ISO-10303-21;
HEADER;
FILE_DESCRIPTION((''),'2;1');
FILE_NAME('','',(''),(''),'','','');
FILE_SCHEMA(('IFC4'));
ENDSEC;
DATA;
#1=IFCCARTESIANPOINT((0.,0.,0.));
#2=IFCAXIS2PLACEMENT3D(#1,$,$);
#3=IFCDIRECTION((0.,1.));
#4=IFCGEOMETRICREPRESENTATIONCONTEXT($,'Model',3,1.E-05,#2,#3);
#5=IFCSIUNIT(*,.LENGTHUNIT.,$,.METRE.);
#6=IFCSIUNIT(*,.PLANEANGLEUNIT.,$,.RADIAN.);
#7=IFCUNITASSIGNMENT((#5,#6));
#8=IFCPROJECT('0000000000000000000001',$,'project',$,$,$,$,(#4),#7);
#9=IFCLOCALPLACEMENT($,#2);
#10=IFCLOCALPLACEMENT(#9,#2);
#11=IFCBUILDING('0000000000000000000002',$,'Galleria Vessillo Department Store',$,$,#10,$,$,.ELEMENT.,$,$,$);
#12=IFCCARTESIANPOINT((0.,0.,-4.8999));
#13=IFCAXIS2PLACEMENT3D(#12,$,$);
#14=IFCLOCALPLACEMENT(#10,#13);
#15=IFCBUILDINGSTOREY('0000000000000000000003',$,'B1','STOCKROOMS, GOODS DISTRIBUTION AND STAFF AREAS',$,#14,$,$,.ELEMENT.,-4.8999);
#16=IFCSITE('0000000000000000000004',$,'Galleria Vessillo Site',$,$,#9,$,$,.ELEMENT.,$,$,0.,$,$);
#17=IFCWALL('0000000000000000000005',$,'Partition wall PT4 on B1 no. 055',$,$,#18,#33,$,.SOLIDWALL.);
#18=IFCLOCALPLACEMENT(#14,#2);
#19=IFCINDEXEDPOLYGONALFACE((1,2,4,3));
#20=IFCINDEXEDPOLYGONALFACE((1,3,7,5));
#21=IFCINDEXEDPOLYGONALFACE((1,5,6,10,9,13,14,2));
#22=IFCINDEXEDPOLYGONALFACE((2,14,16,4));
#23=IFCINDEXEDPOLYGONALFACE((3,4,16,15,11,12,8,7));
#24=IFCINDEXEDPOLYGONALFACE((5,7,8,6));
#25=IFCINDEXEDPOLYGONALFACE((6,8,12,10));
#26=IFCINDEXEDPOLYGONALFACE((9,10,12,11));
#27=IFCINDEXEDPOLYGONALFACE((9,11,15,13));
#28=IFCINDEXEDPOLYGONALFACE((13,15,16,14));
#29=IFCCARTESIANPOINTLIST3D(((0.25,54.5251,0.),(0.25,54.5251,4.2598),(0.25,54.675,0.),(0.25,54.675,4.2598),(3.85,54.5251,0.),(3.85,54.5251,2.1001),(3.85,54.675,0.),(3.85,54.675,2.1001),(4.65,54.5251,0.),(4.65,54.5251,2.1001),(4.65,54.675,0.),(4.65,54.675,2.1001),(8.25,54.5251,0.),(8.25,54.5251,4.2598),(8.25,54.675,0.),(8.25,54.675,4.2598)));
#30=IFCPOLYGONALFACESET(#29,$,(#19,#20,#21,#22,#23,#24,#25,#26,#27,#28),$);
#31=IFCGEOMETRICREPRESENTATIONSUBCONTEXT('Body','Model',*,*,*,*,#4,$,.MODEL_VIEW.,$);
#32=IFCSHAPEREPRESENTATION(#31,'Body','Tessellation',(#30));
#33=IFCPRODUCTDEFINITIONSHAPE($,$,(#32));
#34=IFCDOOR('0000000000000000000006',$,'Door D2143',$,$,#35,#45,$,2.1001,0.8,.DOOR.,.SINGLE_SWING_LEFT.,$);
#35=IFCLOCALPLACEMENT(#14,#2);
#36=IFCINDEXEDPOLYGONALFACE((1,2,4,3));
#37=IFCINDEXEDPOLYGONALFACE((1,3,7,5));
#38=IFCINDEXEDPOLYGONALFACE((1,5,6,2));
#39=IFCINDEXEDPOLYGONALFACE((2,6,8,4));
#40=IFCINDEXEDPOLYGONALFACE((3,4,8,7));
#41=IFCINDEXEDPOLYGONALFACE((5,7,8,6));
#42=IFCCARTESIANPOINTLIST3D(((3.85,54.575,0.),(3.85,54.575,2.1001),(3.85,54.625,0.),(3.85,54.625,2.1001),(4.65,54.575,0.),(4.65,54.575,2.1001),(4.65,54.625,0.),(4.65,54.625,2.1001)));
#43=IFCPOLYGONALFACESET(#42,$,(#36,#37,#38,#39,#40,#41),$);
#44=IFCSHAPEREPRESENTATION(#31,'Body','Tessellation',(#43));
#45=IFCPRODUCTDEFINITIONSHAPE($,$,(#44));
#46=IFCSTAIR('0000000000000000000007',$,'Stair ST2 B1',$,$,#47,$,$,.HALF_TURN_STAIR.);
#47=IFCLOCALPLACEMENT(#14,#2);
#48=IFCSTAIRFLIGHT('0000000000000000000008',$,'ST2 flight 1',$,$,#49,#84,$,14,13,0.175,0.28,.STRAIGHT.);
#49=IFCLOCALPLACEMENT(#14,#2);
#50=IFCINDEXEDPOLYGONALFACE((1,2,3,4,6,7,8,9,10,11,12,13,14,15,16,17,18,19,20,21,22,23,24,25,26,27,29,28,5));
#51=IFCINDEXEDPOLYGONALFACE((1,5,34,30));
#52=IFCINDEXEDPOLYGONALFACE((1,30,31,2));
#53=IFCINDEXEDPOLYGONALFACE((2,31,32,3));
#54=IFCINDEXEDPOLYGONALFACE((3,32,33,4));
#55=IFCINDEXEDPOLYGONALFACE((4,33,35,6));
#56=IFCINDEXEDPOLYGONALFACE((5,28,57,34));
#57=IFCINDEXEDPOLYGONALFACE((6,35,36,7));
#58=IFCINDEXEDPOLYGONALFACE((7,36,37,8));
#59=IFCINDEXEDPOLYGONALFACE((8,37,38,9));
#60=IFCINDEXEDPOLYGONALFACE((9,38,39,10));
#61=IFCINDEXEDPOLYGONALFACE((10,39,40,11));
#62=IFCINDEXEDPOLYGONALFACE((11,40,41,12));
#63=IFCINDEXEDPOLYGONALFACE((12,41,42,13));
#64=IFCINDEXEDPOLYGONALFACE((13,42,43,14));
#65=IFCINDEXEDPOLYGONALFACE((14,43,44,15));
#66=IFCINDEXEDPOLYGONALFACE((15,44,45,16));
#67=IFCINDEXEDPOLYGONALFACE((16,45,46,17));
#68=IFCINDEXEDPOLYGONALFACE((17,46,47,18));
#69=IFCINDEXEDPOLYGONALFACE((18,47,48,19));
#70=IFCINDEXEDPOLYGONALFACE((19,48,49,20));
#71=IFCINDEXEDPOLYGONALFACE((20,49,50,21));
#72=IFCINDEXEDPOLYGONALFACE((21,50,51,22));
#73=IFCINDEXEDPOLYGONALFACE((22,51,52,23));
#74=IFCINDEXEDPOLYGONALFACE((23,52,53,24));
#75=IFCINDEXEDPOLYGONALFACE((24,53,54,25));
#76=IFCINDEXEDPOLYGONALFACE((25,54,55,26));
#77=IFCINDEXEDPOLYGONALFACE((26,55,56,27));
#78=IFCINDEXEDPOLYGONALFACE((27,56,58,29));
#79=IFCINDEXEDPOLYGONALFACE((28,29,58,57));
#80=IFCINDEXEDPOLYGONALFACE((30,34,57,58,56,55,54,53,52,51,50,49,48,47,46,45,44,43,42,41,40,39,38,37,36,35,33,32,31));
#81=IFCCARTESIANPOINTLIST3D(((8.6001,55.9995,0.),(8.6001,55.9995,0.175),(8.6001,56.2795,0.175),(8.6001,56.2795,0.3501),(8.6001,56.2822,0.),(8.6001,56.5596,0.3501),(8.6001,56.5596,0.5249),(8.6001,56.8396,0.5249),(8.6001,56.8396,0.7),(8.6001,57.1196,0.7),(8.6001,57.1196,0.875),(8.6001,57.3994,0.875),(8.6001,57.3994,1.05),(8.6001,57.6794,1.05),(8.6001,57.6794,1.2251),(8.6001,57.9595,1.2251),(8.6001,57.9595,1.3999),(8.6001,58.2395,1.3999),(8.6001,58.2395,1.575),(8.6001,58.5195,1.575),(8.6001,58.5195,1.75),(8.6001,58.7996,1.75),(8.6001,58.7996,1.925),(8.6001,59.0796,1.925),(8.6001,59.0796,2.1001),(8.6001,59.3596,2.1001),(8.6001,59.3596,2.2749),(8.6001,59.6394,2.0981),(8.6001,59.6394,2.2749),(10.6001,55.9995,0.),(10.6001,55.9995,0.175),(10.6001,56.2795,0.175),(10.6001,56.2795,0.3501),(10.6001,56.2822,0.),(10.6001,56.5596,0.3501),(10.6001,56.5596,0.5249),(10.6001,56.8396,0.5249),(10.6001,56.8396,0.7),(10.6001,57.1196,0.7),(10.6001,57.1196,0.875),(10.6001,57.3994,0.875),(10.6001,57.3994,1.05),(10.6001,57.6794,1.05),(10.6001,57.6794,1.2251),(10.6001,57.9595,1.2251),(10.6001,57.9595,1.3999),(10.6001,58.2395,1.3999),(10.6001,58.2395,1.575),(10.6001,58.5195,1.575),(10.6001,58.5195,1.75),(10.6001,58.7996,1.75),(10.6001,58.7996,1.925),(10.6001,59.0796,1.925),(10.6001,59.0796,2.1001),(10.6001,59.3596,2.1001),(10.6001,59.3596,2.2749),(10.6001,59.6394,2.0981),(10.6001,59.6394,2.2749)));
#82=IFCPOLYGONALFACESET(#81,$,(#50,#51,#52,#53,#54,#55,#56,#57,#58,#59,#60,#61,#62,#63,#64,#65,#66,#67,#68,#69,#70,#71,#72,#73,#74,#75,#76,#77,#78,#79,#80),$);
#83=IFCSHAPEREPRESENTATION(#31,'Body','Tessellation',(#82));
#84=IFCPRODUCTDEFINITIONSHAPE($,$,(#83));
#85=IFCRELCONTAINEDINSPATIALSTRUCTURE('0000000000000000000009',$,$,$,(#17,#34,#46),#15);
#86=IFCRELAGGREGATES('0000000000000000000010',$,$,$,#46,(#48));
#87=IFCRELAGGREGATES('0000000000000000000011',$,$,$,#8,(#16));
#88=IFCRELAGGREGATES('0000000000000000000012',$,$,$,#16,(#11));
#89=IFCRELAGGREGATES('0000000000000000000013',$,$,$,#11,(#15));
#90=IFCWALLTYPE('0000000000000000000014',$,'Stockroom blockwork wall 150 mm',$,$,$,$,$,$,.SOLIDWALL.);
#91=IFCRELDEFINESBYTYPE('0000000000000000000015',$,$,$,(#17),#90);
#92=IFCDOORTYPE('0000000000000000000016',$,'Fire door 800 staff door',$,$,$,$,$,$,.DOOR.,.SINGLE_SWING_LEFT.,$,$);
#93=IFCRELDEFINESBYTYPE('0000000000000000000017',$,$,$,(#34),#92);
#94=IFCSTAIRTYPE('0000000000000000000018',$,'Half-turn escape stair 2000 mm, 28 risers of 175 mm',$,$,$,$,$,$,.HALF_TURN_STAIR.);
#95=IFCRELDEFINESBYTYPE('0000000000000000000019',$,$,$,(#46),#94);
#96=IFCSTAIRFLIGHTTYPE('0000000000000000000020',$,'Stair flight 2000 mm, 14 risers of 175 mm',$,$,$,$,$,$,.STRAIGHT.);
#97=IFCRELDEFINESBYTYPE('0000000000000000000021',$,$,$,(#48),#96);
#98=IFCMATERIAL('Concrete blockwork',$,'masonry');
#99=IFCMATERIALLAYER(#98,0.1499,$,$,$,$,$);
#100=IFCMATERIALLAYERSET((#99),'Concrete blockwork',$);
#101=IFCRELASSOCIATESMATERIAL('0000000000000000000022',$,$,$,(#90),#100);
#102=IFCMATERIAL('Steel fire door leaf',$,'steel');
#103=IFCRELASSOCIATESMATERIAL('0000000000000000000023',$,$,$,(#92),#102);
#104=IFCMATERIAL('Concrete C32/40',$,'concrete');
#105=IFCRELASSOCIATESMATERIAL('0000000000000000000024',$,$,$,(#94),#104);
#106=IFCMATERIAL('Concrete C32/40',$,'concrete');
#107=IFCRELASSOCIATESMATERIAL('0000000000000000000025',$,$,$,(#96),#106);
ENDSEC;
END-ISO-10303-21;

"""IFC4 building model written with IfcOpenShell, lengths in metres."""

from ifc_helpers import new_model, si_unit, direction, frame, frame_2d, origin, place, context, subcontext, project, spatial, polyline, rectangle, outline, extrude, material, layer, layer_set, type_object, element, fill, aggregate, save


model = new_model("IFC4")

# Units and contexts
model_context = context("Model", 3, precision=1e-05, world=origin(), true_north=direction((0.0, 1.0)))
body_context = subcontext(model_context, "Body", "Model", "MODEL_VIEW")
ifc_project = project(units=[si_unit("LENGTHUNIT", "METRE"), si_unit("PLANEANGLEUNIT", "RADIAN")], contexts=[model_context])

# Site, building, storey
site_placement = place(None, origin())
site = spatial("IfcSite", under=ifc_project, at=site_placement, Name="Galleria Vessillo Site", CompositionType="ELEMENT", RefElevation=0.0)
building_placement = place(site_placement, origin())
building = spatial("IfcBuilding", under=site, at=building_placement, Name="Galleria Vessillo Department Store", CompositionType="ELEMENT")
storey_placement = place(building_placement, frame((0.0, 0.0, -4.8999)))
storey = spatial("IfcBuildingStorey", under=building, at=storey_placement, Name="B1", Description="STOCKROOMS, GOODS DISTRIBUTION AND STAFF AREAS", CompositionType="ELEMENT", Elevation=-4.8999)

# Wall, opening, door
ifc_material_1 = material(Name="Concrete blockwork", Category="masonry")
ifc_layer_1 = layer(ifc_material_1, 0.1499)
ifc_layer_set_1 = layer_set([ifc_layer_1], Name="Concrete blockwork")
wall_type_1 = type_object("IfcWallType", Name="Stockroom blockwork wall 150 mm", PredefinedType="SOLIDWALL", material=ifc_layer_set_1)
wall_1_placement = place(storey_placement, frame((0.25, 54.6001, 0.0), z_axis=(0.0, 0.0, 1.0), x_axis=(1.0, 0.0, 0.0)))
wall_1 = element("IfcWall", 1, at=wall_1_placement, inside=storey, type_object=wall_type_1, Name="Partition wall PT4 on B1 no. 055", PredefinedType="SOLIDWALL", context=body_context, shape_type="SweptSolid", body=[
    extrude(rectangle(XDim=8.0, YDim=0.1499, at=frame_2d((4.0, 0.0))), origin(), (0.0, 0.0, 1.0), 4.2598),
])
opening_1_placement = place(wall_1_placement, frame((3.6001, 0.0, 0.0)))
opening_1 = element("IfcOpeningElement", 2, at=opening_1_placement, cuts=wall_1, PredefinedType="OPENING", context=body_context, shape_type="SweptSolid", body=[
    extrude(rectangle(XDim=0.8, YDim=2.1001, at=frame_2d((0.3999, 1.05))), frame((0.0, 0.085, 0.0), z_axis=(0.0, -1.0, 0.0), x_axis=(1.0, 0.0, 0.0)), (0.0, 0.0, 1.0), 0.1699),
])
ifc_material_2 = material(Name="Steel fire door leaf", Category="steel")
door_type_1 = type_object("IfcDoorType", Name="Fire door 800 staff door", OperationType="SINGLE_SWING_LEFT", PredefinedType="DOOR", material=ifc_material_2)
door_1_placement = place(opening_1_placement, origin())
door_1 = element("IfcDoor", 3, at=door_1_placement, inside=storey, type_object=door_type_1, Name="Door D2143", OperationType="SINGLE_SWING_LEFT", OverallHeight=2.1001, OverallWidth=0.8, PredefinedType="DOOR", context=body_context, shape_type="SweptSolid", body=[
    extrude(rectangle(XDim=0.8, YDim=2.1001, at=frame_2d((0.3999, 1.05))), frame((0.0, 0.0249, 0.0), z_axis=(0.0, -1.0, 0.0), x_axis=(1.0, 0.0, 0.0)), (0.0, 0.0, 1.0), 0.05),
])
fill(opening_1, door_1)

# Stair, stair flight
ifc_material_3 = material(Name="Concrete C32/40", Category="concrete")
stair_type = type_object("IfcStairType", Name="Half-turn escape stair 2000 mm, 28 risers of 175 mm", PredefinedType="HALF_TURN_STAIR", material=ifc_material_3)
stair_placement = place(storey_placement, origin())
stair = element("IfcStair", 4, at=stair_placement, inside=storey, type_object=stair_type, Name="Stair ST2 B1", PredefinedType="HALF_TURN_STAIR")
ifc_material_4 = material(Name="Concrete C32/40", Category="concrete")
stair_flight_type = type_object("IfcStairFlightType", Name="Stair flight 2000 mm, 14 risers of 175 mm", PredefinedType="STRAIGHT", material=ifc_material_4)
stair_flight_placement = place(storey_placement, frame((9.6001, 55.9995, 0.0), z_axis=(0.0, 0.0, 1.0), x_axis=(0.0, 1.0, 0.0)))
stair_flight = element("IfcStairFlight", 5, at=stair_flight_placement, type_object=stair_flight_type, Name="ST2 flight 1", NumberOfRisers=14, NumberOfTreads=13, PredefinedType="STRAIGHT", RiserHeight=0.175, TreadLength=0.28, context=body_context, shape_type="SweptSolid", body=[
    extrude(outline(polyline([(0.0, 0.0), (0.0, 0.175), (0.28, 0.175), (0.28, 0.3501), (0.5601, 0.3501), (0.5601, 0.5249), (0.8401, 0.5249), (0.8401, 0.7), (1.1201, 0.7), (1.1201, 0.875), (1.3999, 0.875), (1.3999, 1.05), (1.6799, 1.05), (1.6799, 1.2251), (1.96, 1.2251), (1.96, 1.3999), (2.24, 1.3999), (2.24, 1.575), (2.52, 1.575), (2.52, 1.75), (2.8, 1.75), (2.8, 1.925), (3.0801, 1.925), (3.0801, 2.1001), (3.3601, 2.1001), (3.3601, 2.2749), (3.6399, 2.2749), (3.6399, 2.45), (3.6399, 2.0981), (0.2827, 0.0), (0.0, 0.0)])), frame((0.0, 1.0, 0.0), z_axis=(0.0, -1.0, 0.0), x_axis=(1.0, 0.0, 0.0)), (0.0, 0.0, 1.0), 2.0),
])
aggregate(stair, [stair_flight])

save(model, "model.ifc")
